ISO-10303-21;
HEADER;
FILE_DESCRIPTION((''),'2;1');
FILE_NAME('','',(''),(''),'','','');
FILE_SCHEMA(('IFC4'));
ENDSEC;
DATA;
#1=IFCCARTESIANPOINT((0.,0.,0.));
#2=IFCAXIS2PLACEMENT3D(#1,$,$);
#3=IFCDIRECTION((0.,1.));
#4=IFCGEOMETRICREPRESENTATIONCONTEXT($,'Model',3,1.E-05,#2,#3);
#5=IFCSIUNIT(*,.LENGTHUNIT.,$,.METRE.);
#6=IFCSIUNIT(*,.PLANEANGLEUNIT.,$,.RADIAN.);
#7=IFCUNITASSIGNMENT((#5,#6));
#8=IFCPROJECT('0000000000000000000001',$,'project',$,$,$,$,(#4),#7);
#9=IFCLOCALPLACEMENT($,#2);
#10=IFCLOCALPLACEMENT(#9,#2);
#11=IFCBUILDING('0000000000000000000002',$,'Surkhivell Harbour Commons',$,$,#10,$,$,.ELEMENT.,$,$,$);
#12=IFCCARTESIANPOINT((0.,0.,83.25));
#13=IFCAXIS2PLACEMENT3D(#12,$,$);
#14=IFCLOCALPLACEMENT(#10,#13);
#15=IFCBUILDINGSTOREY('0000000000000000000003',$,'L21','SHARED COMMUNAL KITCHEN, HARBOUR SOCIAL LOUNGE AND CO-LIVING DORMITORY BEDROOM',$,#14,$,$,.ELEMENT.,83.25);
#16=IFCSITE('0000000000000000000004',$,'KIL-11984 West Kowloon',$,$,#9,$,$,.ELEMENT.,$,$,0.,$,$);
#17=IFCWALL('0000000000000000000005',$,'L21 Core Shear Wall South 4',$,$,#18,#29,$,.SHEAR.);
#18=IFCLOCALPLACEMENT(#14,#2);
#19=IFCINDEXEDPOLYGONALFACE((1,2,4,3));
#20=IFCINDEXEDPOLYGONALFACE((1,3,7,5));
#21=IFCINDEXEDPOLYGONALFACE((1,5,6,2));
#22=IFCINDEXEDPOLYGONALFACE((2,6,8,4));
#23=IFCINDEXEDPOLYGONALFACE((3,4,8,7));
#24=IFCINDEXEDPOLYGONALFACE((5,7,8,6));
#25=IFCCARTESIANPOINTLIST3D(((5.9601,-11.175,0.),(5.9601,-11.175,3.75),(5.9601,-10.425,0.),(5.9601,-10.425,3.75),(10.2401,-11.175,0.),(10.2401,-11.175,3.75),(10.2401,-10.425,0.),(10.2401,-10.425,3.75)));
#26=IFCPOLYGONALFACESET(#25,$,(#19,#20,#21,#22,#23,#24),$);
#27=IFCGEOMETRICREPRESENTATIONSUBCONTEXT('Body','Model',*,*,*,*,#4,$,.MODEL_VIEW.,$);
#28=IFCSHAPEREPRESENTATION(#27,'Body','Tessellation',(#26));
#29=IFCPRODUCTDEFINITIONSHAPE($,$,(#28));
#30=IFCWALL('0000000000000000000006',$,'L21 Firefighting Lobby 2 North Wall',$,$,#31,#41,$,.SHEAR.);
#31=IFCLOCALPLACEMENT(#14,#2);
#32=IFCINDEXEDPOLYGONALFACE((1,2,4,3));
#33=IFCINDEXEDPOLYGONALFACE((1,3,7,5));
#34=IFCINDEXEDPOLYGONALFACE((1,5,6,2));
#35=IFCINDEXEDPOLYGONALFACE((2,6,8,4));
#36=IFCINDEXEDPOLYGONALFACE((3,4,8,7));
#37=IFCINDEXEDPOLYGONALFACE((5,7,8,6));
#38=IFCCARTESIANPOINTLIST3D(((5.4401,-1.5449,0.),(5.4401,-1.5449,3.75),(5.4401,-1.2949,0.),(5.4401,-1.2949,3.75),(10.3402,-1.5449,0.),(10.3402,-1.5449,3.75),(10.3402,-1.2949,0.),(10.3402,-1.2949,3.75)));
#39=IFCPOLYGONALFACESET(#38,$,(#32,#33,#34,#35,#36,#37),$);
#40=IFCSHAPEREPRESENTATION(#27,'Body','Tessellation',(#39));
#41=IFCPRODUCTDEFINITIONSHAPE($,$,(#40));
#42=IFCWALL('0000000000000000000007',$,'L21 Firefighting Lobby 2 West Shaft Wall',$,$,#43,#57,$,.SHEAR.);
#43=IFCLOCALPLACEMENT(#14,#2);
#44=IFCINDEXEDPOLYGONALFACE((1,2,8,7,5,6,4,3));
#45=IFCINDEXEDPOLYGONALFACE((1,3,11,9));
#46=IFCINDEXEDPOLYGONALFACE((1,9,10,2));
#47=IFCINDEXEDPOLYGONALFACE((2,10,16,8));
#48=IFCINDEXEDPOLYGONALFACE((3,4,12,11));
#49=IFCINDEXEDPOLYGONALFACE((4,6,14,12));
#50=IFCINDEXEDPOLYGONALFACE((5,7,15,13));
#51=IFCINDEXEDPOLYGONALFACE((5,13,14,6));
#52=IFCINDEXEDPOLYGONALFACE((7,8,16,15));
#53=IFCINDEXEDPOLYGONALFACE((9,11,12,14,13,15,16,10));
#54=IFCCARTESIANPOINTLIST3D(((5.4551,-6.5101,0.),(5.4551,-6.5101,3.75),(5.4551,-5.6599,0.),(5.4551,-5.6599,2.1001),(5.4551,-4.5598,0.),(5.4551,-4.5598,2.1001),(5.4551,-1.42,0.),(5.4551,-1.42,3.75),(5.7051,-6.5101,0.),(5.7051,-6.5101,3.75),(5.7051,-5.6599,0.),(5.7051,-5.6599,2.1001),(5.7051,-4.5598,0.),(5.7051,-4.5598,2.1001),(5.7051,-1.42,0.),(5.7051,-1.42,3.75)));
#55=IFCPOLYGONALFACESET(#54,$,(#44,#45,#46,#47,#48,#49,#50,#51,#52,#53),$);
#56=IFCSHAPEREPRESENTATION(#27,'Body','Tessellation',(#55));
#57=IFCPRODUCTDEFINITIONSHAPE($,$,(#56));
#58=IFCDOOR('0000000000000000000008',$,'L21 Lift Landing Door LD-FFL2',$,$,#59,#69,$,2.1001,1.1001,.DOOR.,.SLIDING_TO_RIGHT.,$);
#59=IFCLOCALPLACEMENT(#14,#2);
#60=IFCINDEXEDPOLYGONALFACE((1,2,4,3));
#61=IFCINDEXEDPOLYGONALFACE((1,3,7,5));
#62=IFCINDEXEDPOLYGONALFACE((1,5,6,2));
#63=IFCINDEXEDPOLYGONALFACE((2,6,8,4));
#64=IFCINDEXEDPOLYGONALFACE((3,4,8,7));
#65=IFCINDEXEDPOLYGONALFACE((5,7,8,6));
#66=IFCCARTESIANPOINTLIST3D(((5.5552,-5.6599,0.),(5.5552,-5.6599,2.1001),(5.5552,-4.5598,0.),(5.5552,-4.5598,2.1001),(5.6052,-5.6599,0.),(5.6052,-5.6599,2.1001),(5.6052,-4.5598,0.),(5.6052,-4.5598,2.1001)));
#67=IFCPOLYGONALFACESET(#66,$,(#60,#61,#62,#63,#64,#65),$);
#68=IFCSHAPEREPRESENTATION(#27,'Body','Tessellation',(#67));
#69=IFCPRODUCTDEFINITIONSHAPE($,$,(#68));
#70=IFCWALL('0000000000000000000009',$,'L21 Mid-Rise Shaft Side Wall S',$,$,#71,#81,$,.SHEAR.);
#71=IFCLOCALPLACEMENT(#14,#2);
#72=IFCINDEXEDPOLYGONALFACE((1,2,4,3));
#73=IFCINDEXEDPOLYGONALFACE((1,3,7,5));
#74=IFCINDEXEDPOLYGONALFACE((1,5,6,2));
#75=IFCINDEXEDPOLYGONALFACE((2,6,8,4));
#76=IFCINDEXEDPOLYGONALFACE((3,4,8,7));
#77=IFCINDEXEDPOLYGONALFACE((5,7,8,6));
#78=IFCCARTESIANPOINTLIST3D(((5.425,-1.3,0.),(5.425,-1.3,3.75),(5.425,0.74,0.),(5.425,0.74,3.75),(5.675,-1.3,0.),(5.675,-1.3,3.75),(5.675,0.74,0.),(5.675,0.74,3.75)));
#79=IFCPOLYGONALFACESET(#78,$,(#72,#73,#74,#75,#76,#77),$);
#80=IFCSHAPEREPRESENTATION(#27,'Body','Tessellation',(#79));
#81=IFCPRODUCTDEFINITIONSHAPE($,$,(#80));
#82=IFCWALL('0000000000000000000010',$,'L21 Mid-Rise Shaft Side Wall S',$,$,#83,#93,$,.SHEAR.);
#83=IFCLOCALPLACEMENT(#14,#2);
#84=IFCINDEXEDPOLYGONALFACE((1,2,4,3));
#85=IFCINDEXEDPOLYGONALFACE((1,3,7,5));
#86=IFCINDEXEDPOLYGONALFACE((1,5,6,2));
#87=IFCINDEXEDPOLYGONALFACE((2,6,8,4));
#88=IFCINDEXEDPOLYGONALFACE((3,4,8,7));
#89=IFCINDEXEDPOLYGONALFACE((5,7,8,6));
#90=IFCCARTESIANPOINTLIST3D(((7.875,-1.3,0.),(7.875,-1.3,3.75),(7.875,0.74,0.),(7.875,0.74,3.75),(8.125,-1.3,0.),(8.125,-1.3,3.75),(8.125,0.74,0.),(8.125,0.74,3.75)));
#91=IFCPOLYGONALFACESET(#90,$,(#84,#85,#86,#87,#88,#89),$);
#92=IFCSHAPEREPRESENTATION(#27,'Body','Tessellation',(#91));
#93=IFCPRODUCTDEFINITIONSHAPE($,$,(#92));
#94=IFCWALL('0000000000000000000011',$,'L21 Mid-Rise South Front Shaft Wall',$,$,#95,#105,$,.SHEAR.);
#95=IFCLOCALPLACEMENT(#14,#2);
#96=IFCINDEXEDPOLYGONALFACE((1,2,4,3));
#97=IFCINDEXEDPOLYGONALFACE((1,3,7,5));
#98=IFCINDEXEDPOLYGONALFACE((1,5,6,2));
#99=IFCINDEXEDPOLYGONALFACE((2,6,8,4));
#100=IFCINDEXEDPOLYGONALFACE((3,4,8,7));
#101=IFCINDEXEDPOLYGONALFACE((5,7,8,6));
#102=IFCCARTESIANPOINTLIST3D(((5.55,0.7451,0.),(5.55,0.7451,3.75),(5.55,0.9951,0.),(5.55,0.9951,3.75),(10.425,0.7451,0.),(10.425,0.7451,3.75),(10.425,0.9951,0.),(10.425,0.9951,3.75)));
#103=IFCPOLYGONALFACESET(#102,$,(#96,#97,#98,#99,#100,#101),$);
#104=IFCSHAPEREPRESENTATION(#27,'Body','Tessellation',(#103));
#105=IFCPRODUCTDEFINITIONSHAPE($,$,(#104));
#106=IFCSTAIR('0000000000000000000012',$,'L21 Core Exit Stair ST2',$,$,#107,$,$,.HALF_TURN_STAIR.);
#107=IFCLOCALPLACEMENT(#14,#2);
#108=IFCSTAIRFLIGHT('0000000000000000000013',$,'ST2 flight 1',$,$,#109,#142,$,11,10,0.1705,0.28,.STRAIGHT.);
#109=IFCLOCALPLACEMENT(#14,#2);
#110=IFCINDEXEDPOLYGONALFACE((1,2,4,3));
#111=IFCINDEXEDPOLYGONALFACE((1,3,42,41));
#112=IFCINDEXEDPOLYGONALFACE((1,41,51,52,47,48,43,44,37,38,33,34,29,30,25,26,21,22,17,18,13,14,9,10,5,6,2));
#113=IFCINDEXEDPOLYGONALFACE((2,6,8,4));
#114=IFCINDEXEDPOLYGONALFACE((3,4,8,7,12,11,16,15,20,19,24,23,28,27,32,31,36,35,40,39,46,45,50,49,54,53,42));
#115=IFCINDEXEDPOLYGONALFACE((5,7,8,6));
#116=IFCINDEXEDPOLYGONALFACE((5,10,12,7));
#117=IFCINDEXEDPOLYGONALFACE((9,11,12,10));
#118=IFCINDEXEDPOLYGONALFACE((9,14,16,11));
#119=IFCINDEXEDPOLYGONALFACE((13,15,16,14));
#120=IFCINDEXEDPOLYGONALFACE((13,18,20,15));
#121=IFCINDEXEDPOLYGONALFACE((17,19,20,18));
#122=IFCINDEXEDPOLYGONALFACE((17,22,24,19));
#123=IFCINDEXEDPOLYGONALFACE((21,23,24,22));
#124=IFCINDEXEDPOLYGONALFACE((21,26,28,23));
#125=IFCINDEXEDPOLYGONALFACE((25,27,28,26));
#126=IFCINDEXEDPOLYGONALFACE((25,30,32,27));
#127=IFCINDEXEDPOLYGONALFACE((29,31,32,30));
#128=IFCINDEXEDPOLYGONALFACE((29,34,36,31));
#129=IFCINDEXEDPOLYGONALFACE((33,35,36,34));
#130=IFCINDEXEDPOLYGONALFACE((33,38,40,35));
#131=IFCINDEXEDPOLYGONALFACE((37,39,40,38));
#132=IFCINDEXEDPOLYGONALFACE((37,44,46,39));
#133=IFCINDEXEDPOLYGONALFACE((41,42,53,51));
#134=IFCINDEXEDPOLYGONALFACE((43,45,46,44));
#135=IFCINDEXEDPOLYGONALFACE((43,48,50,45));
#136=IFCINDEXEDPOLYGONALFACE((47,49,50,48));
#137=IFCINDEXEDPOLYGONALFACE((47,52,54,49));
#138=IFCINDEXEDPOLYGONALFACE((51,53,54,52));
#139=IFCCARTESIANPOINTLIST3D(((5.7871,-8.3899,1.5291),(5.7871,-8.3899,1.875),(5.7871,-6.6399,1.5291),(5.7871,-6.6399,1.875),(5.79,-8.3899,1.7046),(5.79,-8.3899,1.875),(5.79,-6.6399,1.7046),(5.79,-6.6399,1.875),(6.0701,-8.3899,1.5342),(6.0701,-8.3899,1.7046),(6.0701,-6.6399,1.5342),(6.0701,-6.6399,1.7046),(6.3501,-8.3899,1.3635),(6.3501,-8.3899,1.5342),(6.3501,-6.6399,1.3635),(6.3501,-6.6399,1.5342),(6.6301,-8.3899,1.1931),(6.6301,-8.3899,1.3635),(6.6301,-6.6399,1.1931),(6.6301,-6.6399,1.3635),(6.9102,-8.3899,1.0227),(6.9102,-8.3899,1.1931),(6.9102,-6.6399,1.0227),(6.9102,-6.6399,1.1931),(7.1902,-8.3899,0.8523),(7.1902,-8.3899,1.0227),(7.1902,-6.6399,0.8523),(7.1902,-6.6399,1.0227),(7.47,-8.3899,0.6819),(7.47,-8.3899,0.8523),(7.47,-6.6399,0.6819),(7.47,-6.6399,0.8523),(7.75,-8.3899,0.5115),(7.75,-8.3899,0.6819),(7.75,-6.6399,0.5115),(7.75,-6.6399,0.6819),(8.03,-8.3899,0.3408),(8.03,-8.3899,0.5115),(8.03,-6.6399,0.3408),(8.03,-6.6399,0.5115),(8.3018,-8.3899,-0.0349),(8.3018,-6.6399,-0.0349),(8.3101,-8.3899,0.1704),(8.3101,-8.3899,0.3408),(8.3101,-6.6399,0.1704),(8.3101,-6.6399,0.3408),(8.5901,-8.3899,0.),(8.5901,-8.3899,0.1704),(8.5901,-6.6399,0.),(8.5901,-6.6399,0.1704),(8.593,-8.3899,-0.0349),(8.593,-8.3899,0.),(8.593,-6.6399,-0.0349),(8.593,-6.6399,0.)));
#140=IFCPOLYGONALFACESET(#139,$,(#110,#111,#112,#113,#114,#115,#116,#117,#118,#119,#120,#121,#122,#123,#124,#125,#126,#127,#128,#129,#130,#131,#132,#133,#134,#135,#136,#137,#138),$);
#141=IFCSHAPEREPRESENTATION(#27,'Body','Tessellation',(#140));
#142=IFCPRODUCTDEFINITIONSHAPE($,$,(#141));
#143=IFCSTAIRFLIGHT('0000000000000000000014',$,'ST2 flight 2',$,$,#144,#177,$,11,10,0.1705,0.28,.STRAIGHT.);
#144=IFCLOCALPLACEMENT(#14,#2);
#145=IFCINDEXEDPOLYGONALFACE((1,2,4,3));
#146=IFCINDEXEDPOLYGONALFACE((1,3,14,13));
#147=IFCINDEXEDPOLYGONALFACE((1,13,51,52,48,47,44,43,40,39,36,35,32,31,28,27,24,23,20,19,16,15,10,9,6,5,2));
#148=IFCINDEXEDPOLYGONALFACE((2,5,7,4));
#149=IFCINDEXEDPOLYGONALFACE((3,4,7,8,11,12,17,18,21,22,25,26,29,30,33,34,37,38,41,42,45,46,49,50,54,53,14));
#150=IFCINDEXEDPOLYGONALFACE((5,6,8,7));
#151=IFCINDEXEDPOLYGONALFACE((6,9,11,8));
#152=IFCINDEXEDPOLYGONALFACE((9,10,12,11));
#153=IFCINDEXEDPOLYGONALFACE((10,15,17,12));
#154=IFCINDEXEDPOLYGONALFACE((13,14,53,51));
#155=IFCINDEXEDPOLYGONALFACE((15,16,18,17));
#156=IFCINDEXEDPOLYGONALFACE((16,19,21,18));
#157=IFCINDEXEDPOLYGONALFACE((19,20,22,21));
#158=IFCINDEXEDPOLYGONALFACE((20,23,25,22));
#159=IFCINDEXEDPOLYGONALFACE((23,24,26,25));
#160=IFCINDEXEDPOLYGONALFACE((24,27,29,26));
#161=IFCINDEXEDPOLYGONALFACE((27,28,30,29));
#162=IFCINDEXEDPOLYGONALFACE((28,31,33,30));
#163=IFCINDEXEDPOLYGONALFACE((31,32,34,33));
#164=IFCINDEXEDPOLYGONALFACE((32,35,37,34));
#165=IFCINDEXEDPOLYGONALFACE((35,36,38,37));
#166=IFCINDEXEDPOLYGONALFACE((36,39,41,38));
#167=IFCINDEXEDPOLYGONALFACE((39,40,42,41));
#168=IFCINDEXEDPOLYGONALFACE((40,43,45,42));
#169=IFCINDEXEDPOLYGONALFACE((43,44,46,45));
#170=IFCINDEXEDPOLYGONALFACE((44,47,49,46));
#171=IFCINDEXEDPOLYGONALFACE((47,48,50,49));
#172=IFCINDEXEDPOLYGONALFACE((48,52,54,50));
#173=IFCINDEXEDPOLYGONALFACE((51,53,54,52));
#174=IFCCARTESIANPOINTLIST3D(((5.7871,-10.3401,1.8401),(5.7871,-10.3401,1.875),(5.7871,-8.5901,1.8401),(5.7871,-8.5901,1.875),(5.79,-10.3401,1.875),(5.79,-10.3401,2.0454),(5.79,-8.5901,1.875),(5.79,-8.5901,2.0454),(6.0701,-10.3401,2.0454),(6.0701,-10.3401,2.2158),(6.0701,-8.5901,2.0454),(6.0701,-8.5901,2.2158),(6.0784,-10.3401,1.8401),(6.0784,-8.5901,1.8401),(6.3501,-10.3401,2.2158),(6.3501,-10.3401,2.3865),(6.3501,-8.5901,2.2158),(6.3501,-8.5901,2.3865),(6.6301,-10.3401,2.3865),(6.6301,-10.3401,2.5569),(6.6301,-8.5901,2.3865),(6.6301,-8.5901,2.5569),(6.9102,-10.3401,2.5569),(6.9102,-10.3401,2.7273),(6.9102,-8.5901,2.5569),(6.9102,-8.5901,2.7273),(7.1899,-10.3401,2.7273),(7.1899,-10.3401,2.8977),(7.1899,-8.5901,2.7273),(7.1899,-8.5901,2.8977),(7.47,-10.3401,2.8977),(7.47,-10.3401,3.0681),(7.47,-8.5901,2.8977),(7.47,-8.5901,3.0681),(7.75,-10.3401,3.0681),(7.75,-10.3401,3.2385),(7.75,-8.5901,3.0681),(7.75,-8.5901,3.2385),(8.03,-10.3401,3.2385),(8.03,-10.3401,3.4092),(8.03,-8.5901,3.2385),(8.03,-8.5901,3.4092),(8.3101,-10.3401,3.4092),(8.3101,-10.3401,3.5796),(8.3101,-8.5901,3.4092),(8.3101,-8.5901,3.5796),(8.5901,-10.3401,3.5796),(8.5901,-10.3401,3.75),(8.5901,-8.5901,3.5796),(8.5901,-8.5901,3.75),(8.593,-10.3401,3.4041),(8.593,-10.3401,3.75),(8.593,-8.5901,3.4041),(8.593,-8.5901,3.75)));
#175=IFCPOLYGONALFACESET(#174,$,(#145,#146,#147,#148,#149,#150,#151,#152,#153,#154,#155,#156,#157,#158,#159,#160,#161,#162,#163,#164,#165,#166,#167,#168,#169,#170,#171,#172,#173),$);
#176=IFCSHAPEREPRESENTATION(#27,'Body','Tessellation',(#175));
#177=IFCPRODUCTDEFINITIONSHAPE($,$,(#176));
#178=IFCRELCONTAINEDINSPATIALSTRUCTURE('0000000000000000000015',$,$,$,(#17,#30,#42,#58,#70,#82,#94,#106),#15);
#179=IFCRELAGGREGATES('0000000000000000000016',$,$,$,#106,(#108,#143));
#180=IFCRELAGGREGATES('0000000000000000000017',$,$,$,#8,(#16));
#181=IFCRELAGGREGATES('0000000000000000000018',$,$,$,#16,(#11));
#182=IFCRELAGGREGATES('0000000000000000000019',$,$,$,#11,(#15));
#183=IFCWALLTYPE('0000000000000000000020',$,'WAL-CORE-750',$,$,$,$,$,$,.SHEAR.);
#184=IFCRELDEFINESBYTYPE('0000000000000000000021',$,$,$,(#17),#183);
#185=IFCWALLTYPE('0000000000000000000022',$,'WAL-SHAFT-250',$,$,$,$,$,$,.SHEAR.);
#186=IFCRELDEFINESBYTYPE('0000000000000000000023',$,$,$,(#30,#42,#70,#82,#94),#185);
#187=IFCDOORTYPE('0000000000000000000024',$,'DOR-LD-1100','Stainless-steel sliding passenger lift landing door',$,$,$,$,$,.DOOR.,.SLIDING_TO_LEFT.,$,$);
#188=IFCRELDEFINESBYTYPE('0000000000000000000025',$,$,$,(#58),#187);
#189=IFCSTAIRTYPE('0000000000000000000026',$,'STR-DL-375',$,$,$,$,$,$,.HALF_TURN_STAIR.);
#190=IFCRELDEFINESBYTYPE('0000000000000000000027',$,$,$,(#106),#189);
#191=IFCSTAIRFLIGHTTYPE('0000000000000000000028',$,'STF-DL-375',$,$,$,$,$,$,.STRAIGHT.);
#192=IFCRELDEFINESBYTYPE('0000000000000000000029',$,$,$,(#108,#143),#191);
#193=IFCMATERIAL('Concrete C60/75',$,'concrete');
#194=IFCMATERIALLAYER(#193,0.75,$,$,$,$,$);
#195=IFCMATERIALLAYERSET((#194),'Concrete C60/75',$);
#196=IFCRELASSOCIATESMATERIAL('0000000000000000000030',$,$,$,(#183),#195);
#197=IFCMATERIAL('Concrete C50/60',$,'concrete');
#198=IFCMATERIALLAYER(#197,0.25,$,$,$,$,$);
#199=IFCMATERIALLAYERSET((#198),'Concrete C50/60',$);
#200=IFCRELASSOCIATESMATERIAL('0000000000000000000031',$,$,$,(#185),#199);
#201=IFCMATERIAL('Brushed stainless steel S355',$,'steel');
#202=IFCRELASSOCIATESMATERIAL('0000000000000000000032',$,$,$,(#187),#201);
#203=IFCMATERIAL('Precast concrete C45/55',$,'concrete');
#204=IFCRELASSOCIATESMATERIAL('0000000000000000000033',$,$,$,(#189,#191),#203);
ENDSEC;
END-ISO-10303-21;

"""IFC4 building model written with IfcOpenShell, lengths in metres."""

from ifc_helpers import new_model, si_unit, direction, frame, frame_2d, origin, place, context, subcontext, project, spatial, polyline, rectangle, outline, extrude, material, layer, layer_set, type_object, element, fill, aggregate, save


model = new_model("IFC4")

# Units and contexts
model_context = context("Model", 3, precision=1e-05, world=origin(), true_north=direction((0.0, 1.0)))
body_context = subcontext(model_context, "Body", "Model", "MODEL_VIEW")
ifc_project = project(units=[si_unit("LENGTHUNIT", "METRE"), si_unit("PLANEANGLEUNIT", "RADIAN")], contexts=[model_context])

# Site, building, storey
site_placement = place(None, origin())
site = spatial("IfcSite", under=ifc_project, at=site_placement, Name="KIL-11984 West Kowloon", CompositionType="ELEMENT", RefElevation=0.0)
building_placement = place(site_placement, origin())
building = spatial("IfcBuilding", under=site, at=building_placement, Name="Surkhivell Harbour Commons", CompositionType="ELEMENT")
storey_placement = place(building_placement, frame((0.0, 0.0, 83.25)))
storey = spatial("IfcBuildingStorey", under=building, at=storey_placement, Name="L21", Description="SHARED COMMUNAL KITCHEN, HARBOUR SOCIAL LOUNGE AND CO-LIVING DORMITORY BEDROOM", CompositionType="ELEMENT", Elevation=83.25)

# Shared definitions
ifc_material_1 = material(Name="Concrete C60/75", Category="concrete")

# Shared definitions
ifc_layer_1 = layer(ifc_material_1, 0.75)
ifc_layer_set_1 = layer_set([ifc_layer_1], Name="Concrete C60/75")
wall_type_1 = type_object("IfcWallType", Name="WAL-CORE-750", PredefinedType="SHEAR", material=ifc_layer_set_1)

# Walls
wall_1_placement = place(storey_placement, frame((5.96, -10.8, 0.0), z_axis=(0.0, 0.0, 1.0), x_axis=(1.0, 0.0, 0.0)))
element("IfcWall", 1, at=wall_1_placement, inside=storey, type_object=wall_type_1, Name="L21 Core Shear Wall South 4", PredefinedType="SHEAR", context=body_context, shape_type="SweptSolid", body=[
    extrude(rectangle(XDim=4.28, YDim=0.75, at=frame_2d((2.1401, 0.0))), origin(), (0.0, 0.0, 1.0), 3.75),
])
ifc_material_2 = material(Name="Concrete C50/60", Category="concrete")
ifc_layer_2 = layer(ifc_material_2, 0.25)
ifc_layer_set_2 = layer_set([ifc_layer_2], Name="Concrete C50/60")
wall_type_2 = type_object("IfcWallType", Name="WAL-SHAFT-250", PredefinedType="SHEAR", material=ifc_layer_set_2)
wall_2_placement = place(storey_placement, frame((5.4399, -1.4199, 0.0), z_axis=(0.0, 0.0, 1.0), x_axis=(1.0, 0.0, 0.0)))
element("IfcWall", 2, at=wall_2_placement, inside=storey, type_object=wall_type_2, Name="L21 Firefighting Lobby 2 North Wall", PredefinedType="SHEAR", context=body_context, shape_type="SweptSolid", body=[
    extrude(rectangle(XDim=4.9001, YDim=0.25, at=frame_2d((2.4502, 0.0))), origin(), (0.0, 0.0, 1.0), 3.75),
])

# Wall, opening, door
wall_3_placement = place(storey_placement, frame((5.5801, -6.51, 0.0), z_axis=(0.0, 0.0, 1.0), x_axis=(0.0, 1.0, 0.0)))
wall_3 = element("IfcWall", 3, at=wall_3_placement, inside=storey, type_object=wall_type_2, Name="L21 Firefighting Lobby 2 West Shaft Wall", PredefinedType="SHEAR", context=body_context, shape_type="SweptSolid", body=[
    extrude(rectangle(XDim=5.0901, YDim=0.25, at=frame_2d((2.5449, 0.0))), origin(), (0.0, 0.0, 1.0), 3.75),
])
opening_1_placement = place(wall_3_placement, frame((0.8501, 0.0, 0.0)))
opening_1 = element("IfcOpeningElement", 4, at=opening_1_placement, cuts=wall_3, PredefinedType="OPENING", context=body_context, shape_type="SweptSolid", body=[
    extrude(rectangle(XDim=1.1001, YDim=2.1001, at=frame_2d((0.55, 1.05))), frame((0.0, 0.135, 0.0), z_axis=(0.0, -1.0, 0.0), x_axis=(1.0, 0.0, 0.0)), (0.0, 0.0, 1.0), 0.27),
])
ifc_material_3 = material(Name="Brushed stainless steel S355", Category="steel")
door_type_1 = type_object("IfcDoorType", Name="DOR-LD-1100", Description="Stainless-steel sliding passenger lift landing door", OperationType="SLIDING_TO_LEFT", PredefinedType="DOOR", material=ifc_material_3)
door_1_placement = place(opening_1_placement, origin())
door_1 = element("IfcDoor", 5, at=door_1_placement, inside=storey, type_object=door_type_1, Name="L21 Lift Landing Door LD-FFL2", OperationType="SLIDING_TO_RIGHT", OverallHeight=2.1001, OverallWidth=1.1001, PredefinedType="DOOR", context=body_context, shape_type="SweptSolid", body=[
    extrude(rectangle(XDim=1.1001, YDim=2.1001, at=frame_2d((0.55, 1.05))), frame((0.0, 0.0249, 0.0), z_axis=(0.0, -1.0, 0.0), x_axis=(1.0, 0.0, 0.0)), (0.0, 0.0, 1.0), 0.05),
])
fill(opening_1, door_1)

# Walls
for number, where, z_axis, x_axis, name in (
    (6, (5.55, -1.3, 0.0), (0.0, 0.0, 1.0), (0.0, 1.0, 0.0), "L21 Mid-Rise Shaft Side Wall S"),
    (7, (8.0, -1.3, 0.0), (0.0, 0.0, 1.0), (0.0, 1.0, 0.0), "L21 Mid-Rise Shaft Side Wall S"),
):
    element("IfcWall", number, at=place(storey_placement, frame(where, z_axis=z_axis, x_axis=x_axis)), inside=storey, type_object=wall_type_2, Name=name, PredefinedType="SHEAR", context=body_context, shape_type="SweptSolid", body=[
        extrude(rectangle(XDim=2.04, YDim=0.25, at=frame_2d((1.02, 0.0))), origin(), (0.0, 0.0, 1.0), 3.75),
    ])
wall_4_placement = place(storey_placement, frame((5.55, 0.8701, 0.0), z_axis=(0.0, 0.0, 1.0), x_axis=(1.0, 0.0, 0.0)))
element("IfcWall", 8, at=wall_4_placement, inside=storey, type_object=wall_type_2, Name="L21 Mid-Rise South Front Shaft Wall", PredefinedType="SHEAR", context=body_context, shape_type="SweptSolid", body=[
    extrude(rectangle(XDim=4.875, YDim=0.25, at=frame_2d((2.4375, 0.0))), origin(), (0.0, 0.0, 1.0), 3.75),
])

# Stair, stair flights
ifc_material_4 = material(Name="Precast concrete C45/55", Category="concrete")
stair_type = type_object("IfcStairType", Name="STR-DL-375", PredefinedType="HALF_TURN_STAIR", material=ifc_material_4)
stair_placement = place(storey_placement, origin())
stair = element("IfcStair", 9, at=stair_placement, inside=storey, type_object=stair_type, Name="L21 Core Exit Stair ST2", PredefinedType="HALF_TURN_STAIR")
stair_flight_type = type_object("IfcStairFlightType", Name="STF-DL-375", PredefinedType="STRAIGHT", material=ifc_material_4)
stair_flight_1_placement = place(storey_placement, frame((8.5901, -7.5149, 0.0), z_axis=(0.0, 0.0, 1.0), x_axis=(-1.0, 0.0, 0.0)))
stair_flight_1 = element("IfcStairFlight", 10, at=stair_flight_1_placement, type_object=stair_flight_type, Name="ST2 flight 1", NumberOfRisers=11, NumberOfTreads=10, PredefinedType="STRAIGHT", RiserHeight=0.1705, TreadLength=0.28, context=body_context, shape_type="SweptSolid", body=[
    extrude(outline(polyline([(-0.0029, -0.0349), (-0.0029, 0.0), (0.0, 0.0), (0.0, 0.1704), (0.28, 0.1704), (0.28, 0.3408), (0.5601, 0.3408), (0.5601, 0.5115), (0.8401, 0.5115), (0.8401, 0.6819), (1.1201, 0.6819), (1.1201, 0.8523), (1.3999, 0.8523), (1.3999, 1.0227), (1.6799, 1.0227), (1.6799, 1.1931), (1.96, 1.1931), (1.96, 1.3635), (2.24, 1.3635), (2.24, 1.5342), (2.52, 1.5342), (2.52, 1.7046), (2.8, 1.7046), (2.8, 1.875), (2.803, 1.875), (2.803, 1.5291), (0.2883, -0.0349), (-0.0029, -0.0349)])), frame((0.0, 0.875, 0.0), z_axis=(0.0, -1.0, 0.0), x_axis=(1.0, 0.0, 0.0)), (0.0, 0.0, 1.0), 1.75),
])
stair_flight_2_placement = place(storey_placement, frame((5.79, -9.4651, 1.875), z_axis=(0.0, 0.0, 1.0), x_axis=(1.0, 0.0, 0.0)))
stair_flight_2 = element("IfcStairFlight", 11, at=stair_flight_2_placement, type_object=stair_flight_type, Name="ST2 flight 2", NumberOfRisers=11, NumberOfTreads=10, PredefinedType="STRAIGHT", RiserHeight=0.1705, TreadLength=0.28, context=body_context, shape_type="SweptSolid", body=[
    extrude(outline(polyline([(-0.0029, -0.0349), (-0.0029, 0.0), (0.0, 0.0), (0.0, 0.1704), (0.28, 0.1704), (0.28, 0.3408), (0.5601, 0.3408), (0.5601, 0.5115), (0.8401, 0.5115), (0.8401, 0.6819), (1.1201, 0.6819), (1.1201, 0.8523), (1.3999, 0.8523), (1.3999, 1.0227), (1.6799, 1.0227), (1.6799, 1.1931), (1.96, 1.1931), (1.96, 1.3635), (2.24, 1.3635), (2.24, 1.5342), (2.52, 1.5342), (2.52, 1.7046), (2.8, 1.7046), (2.8, 1.875), (2.803, 1.875), (2.803, 1.5291), (0.2883, -0.0349), (-0.0029, -0.0349)])), frame((0.0, 0.875, 0.0), z_axis=(0.0, -1.0, 0.0), x_axis=(1.0, 0.0, 0.0)), (0.0, 0.0, 1.0), 1.75),
])
aggregate(stair, [stair_flight_1, stair_flight_2])

save(model, "model.ifc")
